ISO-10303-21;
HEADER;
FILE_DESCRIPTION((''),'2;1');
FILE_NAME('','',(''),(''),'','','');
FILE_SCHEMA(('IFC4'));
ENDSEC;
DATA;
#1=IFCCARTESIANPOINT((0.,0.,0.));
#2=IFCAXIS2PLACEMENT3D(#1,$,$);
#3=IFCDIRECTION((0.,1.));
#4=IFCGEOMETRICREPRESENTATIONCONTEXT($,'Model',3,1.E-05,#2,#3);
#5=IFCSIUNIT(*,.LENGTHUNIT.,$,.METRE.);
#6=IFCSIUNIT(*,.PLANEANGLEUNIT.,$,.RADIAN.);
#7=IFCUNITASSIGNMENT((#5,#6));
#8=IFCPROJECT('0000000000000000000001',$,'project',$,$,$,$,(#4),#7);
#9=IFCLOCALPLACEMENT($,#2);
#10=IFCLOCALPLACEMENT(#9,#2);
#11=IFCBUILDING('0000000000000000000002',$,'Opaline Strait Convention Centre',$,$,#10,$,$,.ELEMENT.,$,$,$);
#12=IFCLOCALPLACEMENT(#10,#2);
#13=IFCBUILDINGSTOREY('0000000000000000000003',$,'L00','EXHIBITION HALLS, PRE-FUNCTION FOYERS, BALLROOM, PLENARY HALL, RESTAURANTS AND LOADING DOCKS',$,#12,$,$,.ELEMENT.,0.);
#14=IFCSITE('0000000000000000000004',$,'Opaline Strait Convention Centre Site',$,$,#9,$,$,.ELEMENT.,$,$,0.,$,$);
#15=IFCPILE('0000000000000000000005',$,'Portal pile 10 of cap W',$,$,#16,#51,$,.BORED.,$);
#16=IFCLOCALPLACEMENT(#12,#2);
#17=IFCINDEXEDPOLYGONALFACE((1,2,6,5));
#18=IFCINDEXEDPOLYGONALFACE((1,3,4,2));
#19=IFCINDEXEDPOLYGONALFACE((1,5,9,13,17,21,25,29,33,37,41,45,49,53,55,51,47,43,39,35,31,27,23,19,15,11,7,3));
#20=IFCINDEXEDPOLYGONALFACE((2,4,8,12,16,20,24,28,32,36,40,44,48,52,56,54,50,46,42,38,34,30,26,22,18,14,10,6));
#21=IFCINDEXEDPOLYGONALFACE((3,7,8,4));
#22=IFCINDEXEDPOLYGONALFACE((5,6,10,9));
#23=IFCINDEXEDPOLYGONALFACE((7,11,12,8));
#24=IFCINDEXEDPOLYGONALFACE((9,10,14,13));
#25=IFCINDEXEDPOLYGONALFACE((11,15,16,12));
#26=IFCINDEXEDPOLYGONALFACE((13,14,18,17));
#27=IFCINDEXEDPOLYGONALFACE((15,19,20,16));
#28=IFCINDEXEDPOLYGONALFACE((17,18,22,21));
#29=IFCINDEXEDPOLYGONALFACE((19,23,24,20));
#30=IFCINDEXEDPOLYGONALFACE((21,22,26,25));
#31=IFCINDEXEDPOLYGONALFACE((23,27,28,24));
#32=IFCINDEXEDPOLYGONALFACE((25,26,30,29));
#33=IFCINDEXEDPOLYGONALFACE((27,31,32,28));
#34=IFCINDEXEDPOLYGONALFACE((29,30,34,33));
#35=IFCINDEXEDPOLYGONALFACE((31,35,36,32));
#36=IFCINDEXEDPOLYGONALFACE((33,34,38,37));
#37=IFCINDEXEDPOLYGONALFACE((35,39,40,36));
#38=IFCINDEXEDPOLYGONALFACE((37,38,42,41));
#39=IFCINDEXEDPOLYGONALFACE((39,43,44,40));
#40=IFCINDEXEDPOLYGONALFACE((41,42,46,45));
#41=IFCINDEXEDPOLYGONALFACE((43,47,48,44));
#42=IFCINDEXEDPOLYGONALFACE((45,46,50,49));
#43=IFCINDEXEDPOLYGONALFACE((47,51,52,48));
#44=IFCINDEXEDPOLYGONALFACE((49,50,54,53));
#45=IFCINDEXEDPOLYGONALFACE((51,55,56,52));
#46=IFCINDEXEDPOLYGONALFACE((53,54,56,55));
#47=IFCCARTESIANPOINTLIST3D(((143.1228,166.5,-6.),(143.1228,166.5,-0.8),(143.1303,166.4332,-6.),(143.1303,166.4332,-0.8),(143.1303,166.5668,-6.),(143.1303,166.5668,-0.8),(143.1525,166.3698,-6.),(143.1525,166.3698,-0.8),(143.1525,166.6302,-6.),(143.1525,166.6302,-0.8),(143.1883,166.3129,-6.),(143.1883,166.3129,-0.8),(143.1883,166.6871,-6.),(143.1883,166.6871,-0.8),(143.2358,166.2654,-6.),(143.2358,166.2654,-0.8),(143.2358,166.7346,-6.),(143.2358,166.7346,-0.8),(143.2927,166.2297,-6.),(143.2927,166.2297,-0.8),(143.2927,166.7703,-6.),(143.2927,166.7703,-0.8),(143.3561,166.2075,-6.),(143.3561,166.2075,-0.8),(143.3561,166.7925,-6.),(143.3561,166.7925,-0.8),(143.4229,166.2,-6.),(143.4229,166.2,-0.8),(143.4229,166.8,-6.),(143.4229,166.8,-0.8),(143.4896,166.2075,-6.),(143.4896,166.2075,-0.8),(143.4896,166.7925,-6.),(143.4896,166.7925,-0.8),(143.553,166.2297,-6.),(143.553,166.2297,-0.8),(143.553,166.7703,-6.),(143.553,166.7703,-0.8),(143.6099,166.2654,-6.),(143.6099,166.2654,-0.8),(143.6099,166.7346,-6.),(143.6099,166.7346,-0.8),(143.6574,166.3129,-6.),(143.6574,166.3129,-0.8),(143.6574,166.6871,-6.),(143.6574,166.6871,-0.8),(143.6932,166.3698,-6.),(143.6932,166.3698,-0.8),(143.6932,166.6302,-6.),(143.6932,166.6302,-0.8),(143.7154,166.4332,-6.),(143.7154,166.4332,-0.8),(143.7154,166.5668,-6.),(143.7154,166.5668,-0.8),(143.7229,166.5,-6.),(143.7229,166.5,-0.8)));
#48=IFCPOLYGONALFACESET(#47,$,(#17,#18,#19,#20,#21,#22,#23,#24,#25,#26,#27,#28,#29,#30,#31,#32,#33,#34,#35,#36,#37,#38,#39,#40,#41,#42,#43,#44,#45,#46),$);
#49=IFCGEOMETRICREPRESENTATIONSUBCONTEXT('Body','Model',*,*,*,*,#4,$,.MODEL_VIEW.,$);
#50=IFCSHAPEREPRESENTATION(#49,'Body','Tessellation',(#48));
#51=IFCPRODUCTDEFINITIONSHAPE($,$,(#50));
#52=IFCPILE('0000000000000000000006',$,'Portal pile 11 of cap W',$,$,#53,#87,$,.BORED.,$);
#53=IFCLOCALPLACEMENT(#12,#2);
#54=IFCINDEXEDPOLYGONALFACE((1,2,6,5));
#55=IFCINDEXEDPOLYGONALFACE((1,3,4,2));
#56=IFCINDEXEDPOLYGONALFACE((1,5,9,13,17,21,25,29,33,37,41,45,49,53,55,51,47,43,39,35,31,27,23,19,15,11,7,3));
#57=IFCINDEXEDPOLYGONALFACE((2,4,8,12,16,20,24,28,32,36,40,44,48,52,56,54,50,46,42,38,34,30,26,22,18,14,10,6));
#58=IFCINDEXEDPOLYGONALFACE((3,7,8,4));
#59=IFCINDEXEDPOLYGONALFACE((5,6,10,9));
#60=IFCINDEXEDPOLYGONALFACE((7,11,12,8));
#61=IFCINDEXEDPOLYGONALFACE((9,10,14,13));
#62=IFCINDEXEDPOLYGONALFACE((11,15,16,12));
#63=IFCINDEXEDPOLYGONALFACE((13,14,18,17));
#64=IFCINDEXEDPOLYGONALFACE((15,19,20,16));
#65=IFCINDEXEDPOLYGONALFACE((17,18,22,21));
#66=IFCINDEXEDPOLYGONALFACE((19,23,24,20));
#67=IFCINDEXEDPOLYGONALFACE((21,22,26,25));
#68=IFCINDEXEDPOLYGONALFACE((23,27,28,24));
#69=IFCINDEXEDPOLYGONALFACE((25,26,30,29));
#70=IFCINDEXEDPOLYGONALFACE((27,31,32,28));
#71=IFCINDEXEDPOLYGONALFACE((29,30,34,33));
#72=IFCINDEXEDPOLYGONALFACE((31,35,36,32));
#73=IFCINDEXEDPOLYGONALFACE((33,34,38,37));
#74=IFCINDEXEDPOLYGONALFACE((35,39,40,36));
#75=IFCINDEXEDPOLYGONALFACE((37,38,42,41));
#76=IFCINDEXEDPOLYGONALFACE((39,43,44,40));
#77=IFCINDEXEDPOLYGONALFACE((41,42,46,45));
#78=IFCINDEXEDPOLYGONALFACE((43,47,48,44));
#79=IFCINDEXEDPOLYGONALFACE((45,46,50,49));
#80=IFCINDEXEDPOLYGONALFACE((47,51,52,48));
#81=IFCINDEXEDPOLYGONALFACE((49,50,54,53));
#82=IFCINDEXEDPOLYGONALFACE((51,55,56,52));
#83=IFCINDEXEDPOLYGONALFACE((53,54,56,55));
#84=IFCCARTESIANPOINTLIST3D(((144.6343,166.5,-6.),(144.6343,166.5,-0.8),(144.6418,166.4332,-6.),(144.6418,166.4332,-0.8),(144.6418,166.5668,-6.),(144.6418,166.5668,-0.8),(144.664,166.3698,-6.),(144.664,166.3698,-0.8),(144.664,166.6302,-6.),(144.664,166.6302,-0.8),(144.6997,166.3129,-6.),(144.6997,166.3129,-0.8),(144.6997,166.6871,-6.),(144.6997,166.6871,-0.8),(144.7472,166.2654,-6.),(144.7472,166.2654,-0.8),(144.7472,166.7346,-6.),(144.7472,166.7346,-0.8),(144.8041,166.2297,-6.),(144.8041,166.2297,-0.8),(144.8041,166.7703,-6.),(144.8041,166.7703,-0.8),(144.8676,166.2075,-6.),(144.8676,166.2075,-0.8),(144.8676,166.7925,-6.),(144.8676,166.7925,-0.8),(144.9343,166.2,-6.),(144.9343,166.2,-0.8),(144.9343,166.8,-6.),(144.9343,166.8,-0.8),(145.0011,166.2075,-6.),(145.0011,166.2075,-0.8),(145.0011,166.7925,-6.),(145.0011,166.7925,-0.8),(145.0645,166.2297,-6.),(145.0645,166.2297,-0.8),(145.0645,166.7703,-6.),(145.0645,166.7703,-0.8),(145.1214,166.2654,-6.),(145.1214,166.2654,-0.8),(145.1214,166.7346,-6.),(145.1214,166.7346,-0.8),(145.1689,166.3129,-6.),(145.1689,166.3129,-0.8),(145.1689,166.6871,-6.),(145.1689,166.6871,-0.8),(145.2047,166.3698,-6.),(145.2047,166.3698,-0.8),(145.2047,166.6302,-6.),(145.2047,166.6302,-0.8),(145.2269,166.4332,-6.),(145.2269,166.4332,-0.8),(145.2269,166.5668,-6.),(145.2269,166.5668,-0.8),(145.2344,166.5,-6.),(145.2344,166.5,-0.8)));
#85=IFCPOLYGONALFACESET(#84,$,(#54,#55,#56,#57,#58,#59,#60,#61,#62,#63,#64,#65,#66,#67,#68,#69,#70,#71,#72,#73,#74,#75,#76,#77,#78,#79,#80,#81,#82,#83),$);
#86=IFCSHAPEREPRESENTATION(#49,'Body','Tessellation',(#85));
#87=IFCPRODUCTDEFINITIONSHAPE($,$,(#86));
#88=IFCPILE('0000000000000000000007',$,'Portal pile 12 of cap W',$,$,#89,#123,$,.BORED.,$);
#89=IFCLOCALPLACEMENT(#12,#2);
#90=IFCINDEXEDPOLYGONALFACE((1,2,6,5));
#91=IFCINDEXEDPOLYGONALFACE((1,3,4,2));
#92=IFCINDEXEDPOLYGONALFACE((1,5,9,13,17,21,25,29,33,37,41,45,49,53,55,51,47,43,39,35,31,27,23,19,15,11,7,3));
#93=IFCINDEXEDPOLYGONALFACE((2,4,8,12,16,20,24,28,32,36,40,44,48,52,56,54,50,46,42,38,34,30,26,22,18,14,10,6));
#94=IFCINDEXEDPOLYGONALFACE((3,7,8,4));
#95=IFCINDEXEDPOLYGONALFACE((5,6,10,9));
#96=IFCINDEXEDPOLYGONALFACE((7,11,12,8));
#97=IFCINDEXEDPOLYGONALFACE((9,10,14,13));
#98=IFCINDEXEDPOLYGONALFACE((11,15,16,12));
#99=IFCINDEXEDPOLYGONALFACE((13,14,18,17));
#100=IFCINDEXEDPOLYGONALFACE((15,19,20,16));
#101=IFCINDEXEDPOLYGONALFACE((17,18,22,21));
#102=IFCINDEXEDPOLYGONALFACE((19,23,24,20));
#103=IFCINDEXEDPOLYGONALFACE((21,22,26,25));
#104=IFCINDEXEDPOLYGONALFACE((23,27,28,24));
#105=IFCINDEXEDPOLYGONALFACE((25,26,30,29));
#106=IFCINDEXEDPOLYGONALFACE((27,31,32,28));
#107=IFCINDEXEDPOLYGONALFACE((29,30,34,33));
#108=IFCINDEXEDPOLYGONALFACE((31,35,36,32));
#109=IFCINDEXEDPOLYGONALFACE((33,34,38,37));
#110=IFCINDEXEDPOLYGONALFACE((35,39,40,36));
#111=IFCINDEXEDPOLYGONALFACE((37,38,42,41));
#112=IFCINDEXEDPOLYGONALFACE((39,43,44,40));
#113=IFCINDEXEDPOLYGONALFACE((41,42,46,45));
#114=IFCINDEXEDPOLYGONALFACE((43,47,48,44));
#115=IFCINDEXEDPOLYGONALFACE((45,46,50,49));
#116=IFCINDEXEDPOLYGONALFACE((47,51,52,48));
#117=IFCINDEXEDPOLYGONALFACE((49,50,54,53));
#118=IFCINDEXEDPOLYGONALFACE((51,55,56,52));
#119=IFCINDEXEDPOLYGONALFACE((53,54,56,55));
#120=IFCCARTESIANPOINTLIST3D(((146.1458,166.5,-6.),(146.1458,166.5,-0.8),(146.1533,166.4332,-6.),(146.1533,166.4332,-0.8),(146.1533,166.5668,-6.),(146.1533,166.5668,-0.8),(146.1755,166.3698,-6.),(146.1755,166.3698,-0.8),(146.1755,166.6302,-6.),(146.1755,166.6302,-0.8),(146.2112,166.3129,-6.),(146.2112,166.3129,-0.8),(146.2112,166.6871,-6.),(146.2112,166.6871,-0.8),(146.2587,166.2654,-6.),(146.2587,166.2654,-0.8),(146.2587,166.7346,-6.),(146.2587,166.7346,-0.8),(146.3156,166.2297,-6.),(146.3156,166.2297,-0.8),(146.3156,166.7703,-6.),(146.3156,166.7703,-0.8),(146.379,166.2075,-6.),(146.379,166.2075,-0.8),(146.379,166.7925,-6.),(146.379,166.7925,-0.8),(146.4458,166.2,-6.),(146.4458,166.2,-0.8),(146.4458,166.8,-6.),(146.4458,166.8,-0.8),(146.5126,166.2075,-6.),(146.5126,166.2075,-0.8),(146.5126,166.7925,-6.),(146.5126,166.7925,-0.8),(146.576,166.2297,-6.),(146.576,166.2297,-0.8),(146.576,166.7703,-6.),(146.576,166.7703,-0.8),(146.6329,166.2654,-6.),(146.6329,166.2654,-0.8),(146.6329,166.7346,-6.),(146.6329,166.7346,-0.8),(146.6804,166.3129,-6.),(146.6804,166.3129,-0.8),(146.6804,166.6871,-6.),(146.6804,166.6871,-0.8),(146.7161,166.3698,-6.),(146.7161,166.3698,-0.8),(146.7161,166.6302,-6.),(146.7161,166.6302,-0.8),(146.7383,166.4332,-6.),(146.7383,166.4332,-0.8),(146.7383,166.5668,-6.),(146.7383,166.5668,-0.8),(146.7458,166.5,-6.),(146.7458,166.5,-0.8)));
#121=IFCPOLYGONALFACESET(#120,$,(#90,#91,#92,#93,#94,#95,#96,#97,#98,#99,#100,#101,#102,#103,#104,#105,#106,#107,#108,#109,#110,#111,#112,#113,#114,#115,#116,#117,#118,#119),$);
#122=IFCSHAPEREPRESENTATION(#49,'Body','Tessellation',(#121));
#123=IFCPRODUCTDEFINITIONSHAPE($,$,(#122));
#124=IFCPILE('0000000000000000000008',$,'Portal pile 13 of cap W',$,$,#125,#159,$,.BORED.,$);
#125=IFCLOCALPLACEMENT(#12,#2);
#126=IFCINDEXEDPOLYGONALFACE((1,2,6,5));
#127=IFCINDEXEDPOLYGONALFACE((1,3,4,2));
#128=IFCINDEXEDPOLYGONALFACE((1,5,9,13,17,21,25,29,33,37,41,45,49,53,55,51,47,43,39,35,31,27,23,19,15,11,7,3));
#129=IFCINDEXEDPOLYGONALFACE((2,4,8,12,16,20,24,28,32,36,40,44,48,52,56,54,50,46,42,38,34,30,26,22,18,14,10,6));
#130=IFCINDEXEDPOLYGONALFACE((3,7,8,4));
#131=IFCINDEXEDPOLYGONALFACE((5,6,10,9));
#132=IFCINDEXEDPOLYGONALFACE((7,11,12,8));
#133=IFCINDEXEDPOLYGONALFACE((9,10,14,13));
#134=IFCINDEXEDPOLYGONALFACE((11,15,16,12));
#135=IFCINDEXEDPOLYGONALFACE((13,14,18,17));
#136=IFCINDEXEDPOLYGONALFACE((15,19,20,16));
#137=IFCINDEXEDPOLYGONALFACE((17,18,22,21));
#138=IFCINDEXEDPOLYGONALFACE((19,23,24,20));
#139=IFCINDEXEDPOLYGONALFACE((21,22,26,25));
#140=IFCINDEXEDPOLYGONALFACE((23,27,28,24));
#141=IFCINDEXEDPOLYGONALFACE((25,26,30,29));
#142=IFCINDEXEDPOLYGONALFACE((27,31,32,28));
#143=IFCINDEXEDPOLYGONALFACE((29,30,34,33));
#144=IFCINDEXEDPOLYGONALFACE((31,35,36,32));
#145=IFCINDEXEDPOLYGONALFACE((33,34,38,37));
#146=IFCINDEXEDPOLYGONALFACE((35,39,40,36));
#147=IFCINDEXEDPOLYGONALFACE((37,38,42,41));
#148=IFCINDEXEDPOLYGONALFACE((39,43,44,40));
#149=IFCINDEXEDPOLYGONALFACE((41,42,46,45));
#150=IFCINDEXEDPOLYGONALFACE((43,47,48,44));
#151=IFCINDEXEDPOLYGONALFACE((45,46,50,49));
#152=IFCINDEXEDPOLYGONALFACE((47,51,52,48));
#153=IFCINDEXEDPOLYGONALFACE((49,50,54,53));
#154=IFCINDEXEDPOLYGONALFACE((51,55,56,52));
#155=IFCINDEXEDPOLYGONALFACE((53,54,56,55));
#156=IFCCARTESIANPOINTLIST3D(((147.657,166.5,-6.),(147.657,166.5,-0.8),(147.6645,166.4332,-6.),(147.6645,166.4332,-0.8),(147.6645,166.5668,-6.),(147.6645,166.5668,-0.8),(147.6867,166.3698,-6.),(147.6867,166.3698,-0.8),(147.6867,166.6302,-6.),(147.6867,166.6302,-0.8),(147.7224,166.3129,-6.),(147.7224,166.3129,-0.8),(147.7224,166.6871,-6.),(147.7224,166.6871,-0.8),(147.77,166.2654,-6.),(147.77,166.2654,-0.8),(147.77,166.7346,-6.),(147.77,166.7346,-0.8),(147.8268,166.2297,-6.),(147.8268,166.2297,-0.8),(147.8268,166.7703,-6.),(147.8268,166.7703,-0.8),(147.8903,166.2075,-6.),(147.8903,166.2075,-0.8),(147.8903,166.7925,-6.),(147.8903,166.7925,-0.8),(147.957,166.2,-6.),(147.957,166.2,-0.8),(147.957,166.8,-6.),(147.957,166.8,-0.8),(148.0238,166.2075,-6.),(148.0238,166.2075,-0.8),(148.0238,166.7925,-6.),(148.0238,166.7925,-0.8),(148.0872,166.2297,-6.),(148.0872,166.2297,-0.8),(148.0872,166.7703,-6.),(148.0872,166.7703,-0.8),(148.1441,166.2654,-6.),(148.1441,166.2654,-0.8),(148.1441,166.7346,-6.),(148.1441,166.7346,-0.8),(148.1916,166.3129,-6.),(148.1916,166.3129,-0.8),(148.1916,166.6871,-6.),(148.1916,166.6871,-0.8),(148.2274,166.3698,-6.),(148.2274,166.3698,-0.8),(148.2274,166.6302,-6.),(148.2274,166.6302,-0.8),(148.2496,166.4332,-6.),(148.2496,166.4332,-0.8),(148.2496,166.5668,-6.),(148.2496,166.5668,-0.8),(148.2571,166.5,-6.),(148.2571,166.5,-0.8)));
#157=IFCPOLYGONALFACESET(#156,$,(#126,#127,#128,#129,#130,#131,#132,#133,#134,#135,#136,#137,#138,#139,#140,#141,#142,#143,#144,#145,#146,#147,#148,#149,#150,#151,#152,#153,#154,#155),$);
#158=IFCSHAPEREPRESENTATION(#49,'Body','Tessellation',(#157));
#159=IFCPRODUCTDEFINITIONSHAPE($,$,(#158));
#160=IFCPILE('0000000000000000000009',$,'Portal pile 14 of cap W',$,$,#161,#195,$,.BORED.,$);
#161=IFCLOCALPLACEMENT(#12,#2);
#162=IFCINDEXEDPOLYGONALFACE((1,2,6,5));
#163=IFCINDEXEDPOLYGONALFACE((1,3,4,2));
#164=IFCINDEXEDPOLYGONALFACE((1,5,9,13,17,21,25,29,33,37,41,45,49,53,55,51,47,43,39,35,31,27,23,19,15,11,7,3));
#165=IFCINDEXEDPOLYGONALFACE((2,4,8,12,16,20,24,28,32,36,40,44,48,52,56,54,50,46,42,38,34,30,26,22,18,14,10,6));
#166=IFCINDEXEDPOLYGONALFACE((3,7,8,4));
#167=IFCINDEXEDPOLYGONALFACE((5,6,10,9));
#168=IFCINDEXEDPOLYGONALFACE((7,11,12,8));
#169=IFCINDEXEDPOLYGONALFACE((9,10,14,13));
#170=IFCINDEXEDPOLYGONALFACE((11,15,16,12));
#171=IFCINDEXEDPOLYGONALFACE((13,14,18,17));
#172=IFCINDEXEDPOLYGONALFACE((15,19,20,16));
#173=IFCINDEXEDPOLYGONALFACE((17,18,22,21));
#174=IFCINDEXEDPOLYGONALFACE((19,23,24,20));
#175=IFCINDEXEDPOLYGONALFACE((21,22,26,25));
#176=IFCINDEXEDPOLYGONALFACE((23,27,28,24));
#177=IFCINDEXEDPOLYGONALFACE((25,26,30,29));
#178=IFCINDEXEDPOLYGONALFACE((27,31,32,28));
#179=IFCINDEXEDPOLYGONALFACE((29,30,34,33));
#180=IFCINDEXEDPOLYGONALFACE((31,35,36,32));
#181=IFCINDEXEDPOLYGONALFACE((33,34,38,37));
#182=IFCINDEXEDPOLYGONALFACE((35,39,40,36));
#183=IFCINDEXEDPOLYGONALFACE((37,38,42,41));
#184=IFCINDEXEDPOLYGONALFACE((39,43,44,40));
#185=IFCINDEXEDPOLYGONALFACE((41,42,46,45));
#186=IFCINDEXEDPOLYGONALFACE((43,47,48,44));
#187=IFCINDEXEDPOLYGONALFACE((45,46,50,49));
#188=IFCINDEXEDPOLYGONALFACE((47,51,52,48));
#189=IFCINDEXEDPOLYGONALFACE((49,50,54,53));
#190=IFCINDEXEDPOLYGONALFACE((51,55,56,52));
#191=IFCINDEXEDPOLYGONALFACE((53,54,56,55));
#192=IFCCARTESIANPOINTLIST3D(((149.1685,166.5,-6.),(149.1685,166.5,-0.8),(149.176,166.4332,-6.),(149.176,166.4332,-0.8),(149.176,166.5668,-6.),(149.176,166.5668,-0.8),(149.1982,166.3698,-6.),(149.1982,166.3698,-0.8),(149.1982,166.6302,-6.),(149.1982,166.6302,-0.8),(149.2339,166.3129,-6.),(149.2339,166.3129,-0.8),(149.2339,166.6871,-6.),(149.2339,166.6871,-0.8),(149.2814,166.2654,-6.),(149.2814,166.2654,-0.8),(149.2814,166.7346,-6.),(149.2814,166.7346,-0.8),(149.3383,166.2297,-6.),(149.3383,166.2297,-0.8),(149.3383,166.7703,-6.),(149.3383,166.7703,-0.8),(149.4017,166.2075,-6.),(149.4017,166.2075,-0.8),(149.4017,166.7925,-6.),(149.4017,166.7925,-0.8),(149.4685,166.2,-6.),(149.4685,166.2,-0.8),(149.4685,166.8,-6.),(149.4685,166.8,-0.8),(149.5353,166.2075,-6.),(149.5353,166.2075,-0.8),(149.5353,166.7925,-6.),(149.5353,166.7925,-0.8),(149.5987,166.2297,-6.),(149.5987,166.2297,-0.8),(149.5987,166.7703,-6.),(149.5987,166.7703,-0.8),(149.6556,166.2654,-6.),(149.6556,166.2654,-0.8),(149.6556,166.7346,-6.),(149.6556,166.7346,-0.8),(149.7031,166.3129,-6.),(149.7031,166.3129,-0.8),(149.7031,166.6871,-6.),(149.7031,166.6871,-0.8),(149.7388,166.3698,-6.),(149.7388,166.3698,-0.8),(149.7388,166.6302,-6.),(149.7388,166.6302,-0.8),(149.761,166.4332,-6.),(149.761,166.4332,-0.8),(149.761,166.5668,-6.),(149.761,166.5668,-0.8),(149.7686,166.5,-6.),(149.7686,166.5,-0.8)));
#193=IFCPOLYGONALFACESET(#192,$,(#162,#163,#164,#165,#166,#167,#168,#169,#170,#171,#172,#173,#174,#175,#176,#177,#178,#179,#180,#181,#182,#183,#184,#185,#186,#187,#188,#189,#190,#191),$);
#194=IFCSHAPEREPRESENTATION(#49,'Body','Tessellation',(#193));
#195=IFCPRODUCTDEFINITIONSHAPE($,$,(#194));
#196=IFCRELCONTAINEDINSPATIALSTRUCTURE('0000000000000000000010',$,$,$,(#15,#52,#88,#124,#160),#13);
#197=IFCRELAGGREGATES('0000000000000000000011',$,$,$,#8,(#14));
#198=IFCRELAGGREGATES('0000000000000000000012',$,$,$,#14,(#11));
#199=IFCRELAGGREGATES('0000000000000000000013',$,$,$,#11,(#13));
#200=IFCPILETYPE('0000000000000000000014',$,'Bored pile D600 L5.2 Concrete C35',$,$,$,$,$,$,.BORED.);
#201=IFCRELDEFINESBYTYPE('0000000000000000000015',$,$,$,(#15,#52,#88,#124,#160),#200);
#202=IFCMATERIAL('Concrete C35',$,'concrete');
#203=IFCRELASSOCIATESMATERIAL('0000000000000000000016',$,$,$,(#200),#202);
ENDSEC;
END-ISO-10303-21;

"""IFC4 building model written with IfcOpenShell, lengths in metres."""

from ifc_helpers import new_model, si_unit, direction, frame, origin, origin_2d, place, context, subcontext, project, spatial, circle, extrude, material, material_profile, profile_set, type_object, element, save


model = new_model("IFC4")

# Units and contexts
model_context = context("Model", 3, precision=1e-05, world=origin(), true_north=direction((0.0, 1.0)))
body_context = subcontext(model_context, "Body", "Model", "MODEL_VIEW")
ifc_project = project(units=[si_unit("LENGTHUNIT", "METRE"), si_unit("PLANEANGLEUNIT", "RADIAN")], contexts=[model_context])

# Site, building, storey
site_placement = place(None, origin())
site = spatial("IfcSite", under=ifc_project, at=site_placement, Name="Opaline Strait Convention Centre Site", CompositionType="ELEMENT", RefElevation=0.0)
building_placement = place(site_placement, origin())
building = spatial("IfcBuilding", under=site, at=building_placement, Name="Opaline Strait Convention Centre", CompositionType="ELEMENT")
storey_placement = place(building_placement, origin())
storey = spatial("IfcBuildingStorey", under=building, at=storey_placement, Name="L00", Description="EXHIBITION HALLS, PRE-FUNCTION FOYERS, BALLROOM, PLENARY HALL, RESTAURANTS AND LOADING DOCKS", CompositionType="ELEMENT", Elevation=0.0)

# Piles
ifc_material_1 = material(Name="Concrete C35", Category="concrete")
ifc_material_profile_1 = material_profile(ifc_material_1, circle(Radius=0.3, at=origin_2d()), Name="D600")
ifc_profile_set_1 = profile_set([ifc_material_profile_1], Name="Concrete C35")
pile_type_1 = type_object("IfcPileType", Name="Bored pile D600 L5.2 Concrete C35", PredefinedType="BORED", material=ifc_profile_set_1)
for number, where, z_axis, x_axis, name in (
    (1, (143.4229, 166.5, -0.8), (0.0, 0.0, -1.0), (1.0, 0.0, 0.0), "Portal pile 10 of cap W"),
    (2, (144.9343, 166.5, -0.8), (0.0, 0.0, -1.0), (1.0, 0.0, 0.0), "Portal pile 11 of cap W"),
    (3, (146.4458, 166.5, -0.8), (0.0, 0.0, -1.0), (1.0, 0.0, 0.0), "Portal pile 12 of cap W"),
    (4, (147.957, 166.5, -0.8), (0.0, 0.0, -1.0), (1.0, 0.0, 0.0), "Portal pile 13 of cap W"),
    (5, (149.4685, 166.5, -0.8), (0.0, 0.0, -1.0), (1.0, 0.0, 0.0), "Portal pile 14 of cap W"),
):
    element("IfcPile", number, at=place(storey_placement, frame(where, z_axis=z_axis, x_axis=x_axis)), inside=storey, type_object=pile_type_1, Name=name, PredefinedType="BORED", context=body_context, shape_type="SweptSolid", body=[
        extrude(circle(Radius=0.3, at=origin_2d()), origin(), (0.0, 0.0, 1.0), 5.2),
    ])

save(model, "model.ifc")
